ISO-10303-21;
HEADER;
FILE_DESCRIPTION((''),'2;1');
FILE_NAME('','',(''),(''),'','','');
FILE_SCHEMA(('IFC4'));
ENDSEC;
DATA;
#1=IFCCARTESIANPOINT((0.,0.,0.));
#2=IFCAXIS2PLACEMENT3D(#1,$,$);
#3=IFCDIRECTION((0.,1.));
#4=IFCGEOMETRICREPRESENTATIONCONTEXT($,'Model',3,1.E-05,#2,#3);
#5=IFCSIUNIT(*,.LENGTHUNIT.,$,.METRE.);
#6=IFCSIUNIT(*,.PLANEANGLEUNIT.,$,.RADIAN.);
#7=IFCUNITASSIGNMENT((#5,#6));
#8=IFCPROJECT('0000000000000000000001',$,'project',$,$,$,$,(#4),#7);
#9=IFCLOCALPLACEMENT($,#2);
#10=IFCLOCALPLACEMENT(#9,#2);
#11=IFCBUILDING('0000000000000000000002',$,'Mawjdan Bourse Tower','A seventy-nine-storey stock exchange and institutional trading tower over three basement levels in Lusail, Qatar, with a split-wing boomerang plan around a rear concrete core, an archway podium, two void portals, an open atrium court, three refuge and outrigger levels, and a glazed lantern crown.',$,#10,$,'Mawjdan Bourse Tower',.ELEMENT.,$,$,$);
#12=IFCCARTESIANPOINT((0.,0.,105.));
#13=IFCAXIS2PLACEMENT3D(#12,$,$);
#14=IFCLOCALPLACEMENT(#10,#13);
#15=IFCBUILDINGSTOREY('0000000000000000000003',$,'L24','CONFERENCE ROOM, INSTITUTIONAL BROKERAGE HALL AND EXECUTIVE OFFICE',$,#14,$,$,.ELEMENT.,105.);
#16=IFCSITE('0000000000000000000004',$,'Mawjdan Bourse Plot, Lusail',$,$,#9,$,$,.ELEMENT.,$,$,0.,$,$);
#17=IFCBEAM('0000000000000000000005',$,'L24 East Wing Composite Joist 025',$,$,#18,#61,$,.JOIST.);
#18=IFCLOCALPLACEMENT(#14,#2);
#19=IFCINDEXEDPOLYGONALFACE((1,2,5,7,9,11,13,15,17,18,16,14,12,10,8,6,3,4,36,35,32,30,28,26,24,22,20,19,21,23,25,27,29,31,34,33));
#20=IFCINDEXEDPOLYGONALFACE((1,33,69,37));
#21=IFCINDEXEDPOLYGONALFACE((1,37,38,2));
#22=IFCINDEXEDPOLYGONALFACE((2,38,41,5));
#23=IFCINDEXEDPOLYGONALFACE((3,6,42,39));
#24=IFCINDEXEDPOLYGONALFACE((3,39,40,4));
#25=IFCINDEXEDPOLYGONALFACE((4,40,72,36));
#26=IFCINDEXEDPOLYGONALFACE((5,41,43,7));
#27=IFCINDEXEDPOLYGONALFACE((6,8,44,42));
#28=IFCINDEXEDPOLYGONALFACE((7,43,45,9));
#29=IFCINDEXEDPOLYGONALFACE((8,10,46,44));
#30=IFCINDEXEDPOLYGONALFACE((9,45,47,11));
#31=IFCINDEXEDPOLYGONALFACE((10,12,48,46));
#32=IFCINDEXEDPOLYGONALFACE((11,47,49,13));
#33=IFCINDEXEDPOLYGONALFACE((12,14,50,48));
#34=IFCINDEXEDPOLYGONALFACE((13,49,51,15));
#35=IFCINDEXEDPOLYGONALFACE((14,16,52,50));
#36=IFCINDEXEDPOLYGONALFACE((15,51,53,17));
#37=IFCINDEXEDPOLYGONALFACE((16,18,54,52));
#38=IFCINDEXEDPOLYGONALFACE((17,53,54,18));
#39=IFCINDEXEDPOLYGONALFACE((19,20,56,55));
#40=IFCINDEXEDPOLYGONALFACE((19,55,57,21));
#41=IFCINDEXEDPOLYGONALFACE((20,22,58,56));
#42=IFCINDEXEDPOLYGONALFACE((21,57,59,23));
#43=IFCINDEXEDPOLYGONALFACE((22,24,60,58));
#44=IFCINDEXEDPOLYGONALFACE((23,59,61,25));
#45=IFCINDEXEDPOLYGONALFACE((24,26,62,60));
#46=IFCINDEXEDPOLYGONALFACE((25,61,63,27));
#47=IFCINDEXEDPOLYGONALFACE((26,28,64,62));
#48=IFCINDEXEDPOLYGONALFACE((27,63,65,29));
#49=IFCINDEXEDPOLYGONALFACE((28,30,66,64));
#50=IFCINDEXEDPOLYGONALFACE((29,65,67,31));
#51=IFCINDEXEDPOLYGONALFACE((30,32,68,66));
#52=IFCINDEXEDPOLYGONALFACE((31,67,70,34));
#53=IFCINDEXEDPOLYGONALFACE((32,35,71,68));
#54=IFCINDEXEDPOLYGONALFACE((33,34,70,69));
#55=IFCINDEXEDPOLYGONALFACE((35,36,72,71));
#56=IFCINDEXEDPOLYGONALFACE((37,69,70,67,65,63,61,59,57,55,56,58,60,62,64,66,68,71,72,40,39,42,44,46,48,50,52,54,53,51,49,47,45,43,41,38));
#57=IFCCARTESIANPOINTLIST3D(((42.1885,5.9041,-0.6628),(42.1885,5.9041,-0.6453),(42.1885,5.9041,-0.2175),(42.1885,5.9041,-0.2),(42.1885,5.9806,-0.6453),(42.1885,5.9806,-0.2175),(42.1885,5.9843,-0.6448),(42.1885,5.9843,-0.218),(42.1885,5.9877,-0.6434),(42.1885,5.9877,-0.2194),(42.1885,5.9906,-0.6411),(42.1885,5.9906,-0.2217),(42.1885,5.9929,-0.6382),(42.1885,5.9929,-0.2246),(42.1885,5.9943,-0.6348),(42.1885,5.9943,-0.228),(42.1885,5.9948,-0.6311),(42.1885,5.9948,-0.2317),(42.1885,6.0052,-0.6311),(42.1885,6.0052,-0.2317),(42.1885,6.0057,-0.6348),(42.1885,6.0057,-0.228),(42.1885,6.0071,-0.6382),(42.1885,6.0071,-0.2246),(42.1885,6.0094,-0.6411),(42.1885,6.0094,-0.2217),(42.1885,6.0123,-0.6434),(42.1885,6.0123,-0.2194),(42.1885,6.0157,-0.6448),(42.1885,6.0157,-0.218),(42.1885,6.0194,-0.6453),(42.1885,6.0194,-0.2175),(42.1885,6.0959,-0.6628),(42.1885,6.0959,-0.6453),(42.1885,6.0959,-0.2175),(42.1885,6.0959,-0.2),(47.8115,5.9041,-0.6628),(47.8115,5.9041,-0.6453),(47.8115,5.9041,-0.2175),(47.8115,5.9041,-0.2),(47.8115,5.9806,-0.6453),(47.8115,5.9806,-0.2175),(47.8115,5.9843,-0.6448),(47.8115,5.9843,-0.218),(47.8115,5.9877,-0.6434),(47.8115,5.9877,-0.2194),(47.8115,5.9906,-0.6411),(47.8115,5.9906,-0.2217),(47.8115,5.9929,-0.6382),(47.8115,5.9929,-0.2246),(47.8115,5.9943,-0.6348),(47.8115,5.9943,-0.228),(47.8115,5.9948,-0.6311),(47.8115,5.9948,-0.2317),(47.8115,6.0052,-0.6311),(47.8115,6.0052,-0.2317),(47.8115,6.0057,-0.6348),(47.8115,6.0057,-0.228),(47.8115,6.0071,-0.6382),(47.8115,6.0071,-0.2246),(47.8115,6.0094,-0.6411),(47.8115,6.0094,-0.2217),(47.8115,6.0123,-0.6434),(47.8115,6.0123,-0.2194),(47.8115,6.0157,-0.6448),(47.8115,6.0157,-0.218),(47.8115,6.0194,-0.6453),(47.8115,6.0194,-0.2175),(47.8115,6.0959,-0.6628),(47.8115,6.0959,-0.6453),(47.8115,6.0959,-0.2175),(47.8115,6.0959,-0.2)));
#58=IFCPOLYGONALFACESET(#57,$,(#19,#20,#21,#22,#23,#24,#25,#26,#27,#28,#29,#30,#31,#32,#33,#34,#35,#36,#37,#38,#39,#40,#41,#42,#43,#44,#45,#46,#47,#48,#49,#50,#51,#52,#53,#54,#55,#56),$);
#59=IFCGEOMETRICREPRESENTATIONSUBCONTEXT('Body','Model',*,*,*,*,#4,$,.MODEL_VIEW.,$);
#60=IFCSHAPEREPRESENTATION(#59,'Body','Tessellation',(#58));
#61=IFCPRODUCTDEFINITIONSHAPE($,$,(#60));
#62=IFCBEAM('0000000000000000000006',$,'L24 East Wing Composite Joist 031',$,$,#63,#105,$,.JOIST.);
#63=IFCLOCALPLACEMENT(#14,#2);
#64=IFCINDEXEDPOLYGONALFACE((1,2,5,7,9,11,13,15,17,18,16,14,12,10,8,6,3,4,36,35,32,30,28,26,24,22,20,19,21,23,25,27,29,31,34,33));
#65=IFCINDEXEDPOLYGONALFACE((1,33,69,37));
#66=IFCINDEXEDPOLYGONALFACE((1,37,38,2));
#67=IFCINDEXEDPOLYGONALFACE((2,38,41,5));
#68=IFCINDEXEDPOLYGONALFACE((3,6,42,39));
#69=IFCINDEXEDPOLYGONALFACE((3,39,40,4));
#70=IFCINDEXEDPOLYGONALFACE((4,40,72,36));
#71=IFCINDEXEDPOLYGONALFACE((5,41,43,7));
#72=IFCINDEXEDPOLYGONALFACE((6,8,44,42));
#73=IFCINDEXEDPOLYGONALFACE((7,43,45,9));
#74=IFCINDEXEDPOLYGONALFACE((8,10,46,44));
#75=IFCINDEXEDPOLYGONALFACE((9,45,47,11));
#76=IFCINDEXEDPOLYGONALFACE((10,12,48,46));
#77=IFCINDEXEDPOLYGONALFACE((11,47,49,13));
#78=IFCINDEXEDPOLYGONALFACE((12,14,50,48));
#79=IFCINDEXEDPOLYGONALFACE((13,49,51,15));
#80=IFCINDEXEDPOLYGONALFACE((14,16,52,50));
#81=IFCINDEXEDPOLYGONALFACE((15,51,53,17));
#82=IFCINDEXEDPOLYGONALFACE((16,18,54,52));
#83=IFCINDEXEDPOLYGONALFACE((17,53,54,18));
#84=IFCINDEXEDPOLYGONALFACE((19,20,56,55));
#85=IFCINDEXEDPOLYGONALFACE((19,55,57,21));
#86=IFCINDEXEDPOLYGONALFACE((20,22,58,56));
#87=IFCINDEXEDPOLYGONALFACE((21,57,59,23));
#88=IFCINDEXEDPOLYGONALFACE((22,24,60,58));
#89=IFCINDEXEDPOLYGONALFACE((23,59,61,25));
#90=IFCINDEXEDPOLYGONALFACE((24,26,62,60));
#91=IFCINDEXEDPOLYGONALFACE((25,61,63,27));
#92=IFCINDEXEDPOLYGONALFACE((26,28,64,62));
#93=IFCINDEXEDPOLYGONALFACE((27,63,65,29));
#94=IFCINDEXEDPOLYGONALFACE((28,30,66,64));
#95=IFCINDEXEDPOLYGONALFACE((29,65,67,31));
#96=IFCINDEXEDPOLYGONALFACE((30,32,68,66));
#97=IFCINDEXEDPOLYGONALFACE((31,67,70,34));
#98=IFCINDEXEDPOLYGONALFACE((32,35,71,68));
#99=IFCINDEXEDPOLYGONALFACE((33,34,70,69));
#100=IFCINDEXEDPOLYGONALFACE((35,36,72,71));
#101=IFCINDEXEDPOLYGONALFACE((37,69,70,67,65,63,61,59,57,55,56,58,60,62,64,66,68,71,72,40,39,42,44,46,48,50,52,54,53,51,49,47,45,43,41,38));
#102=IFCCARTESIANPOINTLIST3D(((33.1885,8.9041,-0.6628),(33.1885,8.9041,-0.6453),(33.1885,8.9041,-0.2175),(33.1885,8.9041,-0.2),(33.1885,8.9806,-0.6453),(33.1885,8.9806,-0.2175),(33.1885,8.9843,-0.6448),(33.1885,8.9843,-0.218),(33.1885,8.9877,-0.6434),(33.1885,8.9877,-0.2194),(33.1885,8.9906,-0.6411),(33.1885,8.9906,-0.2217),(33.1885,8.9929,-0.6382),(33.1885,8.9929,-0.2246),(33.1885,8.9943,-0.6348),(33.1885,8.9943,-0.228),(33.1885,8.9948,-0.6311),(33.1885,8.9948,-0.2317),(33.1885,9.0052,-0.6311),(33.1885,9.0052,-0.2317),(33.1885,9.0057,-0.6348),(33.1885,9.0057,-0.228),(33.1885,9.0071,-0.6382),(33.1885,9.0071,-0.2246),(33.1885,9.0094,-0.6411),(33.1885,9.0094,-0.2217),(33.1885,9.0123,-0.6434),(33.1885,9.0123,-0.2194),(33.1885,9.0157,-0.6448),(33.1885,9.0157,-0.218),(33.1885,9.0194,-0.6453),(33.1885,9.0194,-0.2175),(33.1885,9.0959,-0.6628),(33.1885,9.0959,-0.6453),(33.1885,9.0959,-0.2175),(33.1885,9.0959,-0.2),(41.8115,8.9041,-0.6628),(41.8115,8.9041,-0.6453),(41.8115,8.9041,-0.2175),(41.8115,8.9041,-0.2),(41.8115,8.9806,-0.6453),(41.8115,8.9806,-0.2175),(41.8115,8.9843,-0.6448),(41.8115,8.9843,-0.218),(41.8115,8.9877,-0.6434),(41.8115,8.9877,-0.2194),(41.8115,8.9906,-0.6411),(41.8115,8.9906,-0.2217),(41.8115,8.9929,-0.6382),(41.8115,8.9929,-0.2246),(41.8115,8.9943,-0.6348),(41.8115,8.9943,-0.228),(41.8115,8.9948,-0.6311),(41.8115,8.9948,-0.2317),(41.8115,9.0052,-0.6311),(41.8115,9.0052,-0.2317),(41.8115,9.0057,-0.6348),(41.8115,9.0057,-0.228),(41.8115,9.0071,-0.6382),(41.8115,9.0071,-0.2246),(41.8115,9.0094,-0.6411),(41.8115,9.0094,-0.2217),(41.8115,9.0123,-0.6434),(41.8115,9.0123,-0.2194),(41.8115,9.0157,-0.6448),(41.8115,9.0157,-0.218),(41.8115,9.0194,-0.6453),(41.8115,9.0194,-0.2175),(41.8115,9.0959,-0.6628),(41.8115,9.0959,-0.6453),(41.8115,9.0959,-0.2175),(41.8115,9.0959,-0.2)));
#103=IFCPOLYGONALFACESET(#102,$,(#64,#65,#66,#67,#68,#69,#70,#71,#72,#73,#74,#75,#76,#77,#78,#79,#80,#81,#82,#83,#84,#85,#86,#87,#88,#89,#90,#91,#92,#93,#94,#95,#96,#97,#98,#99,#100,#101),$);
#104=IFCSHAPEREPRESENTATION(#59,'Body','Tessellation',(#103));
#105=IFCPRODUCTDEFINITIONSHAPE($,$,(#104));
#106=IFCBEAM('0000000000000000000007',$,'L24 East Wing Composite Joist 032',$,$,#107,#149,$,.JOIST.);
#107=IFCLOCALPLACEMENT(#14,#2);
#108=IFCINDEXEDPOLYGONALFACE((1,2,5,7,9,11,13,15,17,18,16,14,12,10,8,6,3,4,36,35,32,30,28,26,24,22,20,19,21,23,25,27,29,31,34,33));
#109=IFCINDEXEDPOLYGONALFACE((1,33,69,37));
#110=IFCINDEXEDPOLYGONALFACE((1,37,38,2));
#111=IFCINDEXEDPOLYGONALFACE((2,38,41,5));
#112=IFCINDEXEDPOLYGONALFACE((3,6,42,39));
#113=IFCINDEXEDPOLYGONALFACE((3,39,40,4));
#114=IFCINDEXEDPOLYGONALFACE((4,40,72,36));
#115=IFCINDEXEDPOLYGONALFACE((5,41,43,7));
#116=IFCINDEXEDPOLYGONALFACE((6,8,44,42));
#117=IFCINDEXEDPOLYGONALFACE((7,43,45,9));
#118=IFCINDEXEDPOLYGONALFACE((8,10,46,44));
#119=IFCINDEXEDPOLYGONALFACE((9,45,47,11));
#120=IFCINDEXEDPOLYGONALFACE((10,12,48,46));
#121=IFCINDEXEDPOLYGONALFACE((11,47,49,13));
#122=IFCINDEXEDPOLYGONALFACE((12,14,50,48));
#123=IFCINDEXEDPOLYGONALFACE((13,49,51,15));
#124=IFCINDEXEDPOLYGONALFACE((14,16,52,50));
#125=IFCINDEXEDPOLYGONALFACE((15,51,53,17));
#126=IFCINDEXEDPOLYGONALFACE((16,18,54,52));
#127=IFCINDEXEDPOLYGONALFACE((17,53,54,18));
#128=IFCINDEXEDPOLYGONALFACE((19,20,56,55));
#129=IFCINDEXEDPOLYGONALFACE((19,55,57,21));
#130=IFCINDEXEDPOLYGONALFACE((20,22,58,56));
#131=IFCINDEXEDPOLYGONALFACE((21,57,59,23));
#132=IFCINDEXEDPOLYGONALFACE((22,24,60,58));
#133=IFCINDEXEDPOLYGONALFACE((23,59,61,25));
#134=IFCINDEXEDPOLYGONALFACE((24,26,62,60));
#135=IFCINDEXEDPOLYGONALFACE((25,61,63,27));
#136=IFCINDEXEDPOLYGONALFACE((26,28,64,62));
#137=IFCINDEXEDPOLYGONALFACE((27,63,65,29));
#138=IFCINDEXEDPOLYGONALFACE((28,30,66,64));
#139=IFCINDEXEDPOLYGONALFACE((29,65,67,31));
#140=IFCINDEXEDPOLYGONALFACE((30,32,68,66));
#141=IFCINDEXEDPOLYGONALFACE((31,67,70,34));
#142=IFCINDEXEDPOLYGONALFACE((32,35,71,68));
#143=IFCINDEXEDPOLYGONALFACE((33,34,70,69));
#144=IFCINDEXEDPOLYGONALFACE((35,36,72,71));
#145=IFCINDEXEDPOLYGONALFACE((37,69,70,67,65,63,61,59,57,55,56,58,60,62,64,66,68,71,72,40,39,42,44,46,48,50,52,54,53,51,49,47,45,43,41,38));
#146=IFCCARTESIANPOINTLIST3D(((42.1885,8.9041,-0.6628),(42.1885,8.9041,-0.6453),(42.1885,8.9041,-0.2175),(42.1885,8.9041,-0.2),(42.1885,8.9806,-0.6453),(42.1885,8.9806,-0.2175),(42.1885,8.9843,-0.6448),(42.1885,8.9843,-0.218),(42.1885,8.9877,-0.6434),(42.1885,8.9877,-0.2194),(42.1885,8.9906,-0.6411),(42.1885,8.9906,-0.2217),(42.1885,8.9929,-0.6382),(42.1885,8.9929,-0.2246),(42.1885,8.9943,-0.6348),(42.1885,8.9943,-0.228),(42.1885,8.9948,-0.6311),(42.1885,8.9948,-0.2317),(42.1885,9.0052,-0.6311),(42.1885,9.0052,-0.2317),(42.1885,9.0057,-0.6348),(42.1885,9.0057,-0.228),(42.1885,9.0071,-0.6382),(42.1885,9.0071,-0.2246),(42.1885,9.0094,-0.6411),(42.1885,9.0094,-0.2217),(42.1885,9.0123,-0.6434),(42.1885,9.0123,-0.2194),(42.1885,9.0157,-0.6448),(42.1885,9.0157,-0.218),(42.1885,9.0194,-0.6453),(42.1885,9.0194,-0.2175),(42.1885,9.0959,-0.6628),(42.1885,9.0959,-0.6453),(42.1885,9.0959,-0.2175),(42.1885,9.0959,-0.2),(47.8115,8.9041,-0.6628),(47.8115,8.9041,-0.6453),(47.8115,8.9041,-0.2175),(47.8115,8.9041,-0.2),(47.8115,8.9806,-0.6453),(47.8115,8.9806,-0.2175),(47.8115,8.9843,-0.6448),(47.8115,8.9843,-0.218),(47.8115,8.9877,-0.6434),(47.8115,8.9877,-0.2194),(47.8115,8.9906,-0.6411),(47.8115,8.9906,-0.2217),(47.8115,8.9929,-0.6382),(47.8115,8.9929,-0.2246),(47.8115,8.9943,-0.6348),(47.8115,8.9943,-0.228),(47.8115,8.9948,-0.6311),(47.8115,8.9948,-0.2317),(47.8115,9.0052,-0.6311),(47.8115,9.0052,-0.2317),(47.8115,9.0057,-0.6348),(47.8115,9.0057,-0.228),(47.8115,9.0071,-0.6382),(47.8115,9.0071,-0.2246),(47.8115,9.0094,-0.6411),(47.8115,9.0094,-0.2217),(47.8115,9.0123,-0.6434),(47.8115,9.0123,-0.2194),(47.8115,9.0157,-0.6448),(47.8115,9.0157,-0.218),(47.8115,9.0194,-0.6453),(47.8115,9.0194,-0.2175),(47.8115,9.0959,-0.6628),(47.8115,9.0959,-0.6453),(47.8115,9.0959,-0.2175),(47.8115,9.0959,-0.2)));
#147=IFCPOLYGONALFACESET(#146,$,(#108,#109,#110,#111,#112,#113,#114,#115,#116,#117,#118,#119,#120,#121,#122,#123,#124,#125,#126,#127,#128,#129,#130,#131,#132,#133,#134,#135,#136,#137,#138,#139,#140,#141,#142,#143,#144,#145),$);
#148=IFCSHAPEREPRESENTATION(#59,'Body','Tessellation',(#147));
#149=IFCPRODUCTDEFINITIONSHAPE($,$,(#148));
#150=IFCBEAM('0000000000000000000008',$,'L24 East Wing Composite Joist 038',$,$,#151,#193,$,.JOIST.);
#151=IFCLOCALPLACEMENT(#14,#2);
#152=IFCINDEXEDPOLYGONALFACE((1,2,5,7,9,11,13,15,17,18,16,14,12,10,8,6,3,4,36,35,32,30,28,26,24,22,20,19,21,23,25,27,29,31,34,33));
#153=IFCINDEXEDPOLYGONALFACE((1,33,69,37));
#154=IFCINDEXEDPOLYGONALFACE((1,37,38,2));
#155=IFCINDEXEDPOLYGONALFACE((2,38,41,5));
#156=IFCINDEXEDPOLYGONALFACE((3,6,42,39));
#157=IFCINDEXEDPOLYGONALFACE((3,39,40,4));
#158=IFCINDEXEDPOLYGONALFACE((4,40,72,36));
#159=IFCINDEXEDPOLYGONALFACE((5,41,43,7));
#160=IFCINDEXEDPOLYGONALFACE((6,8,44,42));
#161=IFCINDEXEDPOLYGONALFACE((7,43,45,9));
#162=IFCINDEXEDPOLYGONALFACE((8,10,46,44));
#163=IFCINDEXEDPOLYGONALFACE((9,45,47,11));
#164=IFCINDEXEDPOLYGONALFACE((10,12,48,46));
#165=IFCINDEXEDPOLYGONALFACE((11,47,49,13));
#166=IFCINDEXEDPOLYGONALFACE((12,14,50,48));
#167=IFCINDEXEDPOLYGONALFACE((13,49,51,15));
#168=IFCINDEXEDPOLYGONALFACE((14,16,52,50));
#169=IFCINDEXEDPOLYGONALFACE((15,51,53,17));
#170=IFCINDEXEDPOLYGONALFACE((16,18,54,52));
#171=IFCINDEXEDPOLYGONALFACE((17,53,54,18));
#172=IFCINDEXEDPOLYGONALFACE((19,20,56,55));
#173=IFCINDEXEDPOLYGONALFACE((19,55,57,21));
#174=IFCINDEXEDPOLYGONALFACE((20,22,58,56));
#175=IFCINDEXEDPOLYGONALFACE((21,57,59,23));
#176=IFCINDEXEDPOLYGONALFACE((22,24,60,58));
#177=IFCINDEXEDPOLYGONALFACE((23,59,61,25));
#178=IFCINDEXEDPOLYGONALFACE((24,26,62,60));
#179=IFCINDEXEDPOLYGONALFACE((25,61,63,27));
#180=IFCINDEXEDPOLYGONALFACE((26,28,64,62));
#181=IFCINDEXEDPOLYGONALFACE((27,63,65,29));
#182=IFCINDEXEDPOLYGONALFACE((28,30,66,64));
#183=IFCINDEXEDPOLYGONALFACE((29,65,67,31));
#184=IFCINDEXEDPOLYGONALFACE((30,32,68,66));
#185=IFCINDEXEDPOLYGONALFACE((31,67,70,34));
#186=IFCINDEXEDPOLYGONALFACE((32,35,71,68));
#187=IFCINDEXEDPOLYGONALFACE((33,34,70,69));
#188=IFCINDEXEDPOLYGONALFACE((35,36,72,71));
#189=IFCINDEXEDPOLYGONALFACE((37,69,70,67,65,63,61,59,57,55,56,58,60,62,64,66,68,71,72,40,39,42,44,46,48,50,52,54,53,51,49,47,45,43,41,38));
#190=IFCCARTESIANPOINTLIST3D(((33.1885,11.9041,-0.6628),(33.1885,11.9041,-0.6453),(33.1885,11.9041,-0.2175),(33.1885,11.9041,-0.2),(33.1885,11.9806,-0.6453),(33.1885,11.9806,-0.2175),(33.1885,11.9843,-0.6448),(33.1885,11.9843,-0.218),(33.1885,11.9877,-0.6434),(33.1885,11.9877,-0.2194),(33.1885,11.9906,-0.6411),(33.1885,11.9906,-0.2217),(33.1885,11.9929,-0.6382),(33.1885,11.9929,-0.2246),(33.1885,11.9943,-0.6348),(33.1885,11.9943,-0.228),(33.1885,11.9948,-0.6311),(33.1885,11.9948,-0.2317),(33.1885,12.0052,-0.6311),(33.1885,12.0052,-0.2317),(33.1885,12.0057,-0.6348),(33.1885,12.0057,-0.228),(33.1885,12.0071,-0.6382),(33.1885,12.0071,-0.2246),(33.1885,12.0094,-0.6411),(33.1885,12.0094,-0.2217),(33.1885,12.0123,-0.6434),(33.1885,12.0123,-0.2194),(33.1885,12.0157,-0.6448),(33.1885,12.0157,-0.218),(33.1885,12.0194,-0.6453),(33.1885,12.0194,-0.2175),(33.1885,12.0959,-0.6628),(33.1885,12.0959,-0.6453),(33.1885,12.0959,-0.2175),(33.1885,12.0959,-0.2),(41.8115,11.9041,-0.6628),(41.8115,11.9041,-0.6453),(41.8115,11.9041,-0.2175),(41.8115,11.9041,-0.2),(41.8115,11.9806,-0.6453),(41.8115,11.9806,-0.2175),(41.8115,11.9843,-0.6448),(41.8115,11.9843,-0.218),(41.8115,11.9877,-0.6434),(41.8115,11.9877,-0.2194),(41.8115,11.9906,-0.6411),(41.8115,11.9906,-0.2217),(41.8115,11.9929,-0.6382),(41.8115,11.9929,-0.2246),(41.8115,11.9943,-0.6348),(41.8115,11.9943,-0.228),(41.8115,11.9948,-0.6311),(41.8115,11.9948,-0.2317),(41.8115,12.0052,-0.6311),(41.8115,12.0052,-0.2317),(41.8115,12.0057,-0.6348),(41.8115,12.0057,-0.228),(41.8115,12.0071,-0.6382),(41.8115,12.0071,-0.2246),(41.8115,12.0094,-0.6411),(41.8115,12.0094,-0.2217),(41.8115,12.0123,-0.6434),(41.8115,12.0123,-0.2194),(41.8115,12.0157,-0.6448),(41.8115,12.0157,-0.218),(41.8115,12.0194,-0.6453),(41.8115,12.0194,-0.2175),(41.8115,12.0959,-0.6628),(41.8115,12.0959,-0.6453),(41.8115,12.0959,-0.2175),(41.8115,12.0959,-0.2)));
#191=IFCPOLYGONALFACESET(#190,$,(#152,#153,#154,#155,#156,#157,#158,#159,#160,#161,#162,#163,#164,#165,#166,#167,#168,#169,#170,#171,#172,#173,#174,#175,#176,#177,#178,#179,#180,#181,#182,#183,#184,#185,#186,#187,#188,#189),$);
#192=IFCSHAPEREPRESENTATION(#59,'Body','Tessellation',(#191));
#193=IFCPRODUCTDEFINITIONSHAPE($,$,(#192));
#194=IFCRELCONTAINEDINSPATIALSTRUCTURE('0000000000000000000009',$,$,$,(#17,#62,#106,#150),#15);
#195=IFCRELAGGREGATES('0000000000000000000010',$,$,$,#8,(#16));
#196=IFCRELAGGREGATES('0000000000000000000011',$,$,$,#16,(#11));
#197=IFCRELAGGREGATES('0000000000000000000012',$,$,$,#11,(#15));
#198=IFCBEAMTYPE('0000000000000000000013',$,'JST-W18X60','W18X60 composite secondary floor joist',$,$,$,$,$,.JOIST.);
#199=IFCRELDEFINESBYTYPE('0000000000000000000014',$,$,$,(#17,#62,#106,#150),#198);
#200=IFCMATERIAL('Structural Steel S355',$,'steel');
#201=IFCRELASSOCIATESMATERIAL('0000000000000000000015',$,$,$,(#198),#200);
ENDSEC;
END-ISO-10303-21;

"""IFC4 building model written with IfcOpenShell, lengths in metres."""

from ifc_helpers import new_model, si_unit, direction, frame, origin, origin_2d, place, context, subcontext, project, spatial, i_section, extrude, material, material_profile, profile_set, type_object, element, save


model = new_model("IFC4")

# Units and contexts
model_context = context("Model", 3, precision=1e-05, world=origin(), true_north=direction((0.0, 1.0)))
body_context = subcontext(model_context, "Body", "Model", "MODEL_VIEW")
ifc_project = project(units=[si_unit("LENGTHUNIT", "METRE"), si_unit("PLANEANGLEUNIT", "RADIAN")], contexts=[model_context])

# Site, building, storey
site_placement = place(None, origin())
site = spatial("IfcSite", under=ifc_project, at=site_placement, Name="Mawjdan Bourse Plot, Lusail", CompositionType="ELEMENT", RefElevation=0.0)
building_placement = place(site_placement, origin())
building = spatial("IfcBuilding", under=site, at=building_placement, Name="Mawjdan Bourse Tower", Description="A seventy-nine-storey stock exchange and institutional trading tower over three basement levels in Lusail, Qatar, with a split-wing boomerang plan around a rear concrete core, an archway podium, two void portals, an open atrium court, three refuge and outrigger levels, and a glazed lantern crown.", LongName="Mawjdan Bourse Tower", CompositionType="ELEMENT")
storey_placement = place(building_placement, frame((0.0, 0.0, 105.0)))
storey = spatial("IfcBuildingStorey", under=building, at=storey_placement, Name="L24", Description="CONFERENCE ROOM, INSTITUTIONAL BROKERAGE HALL AND EXECUTIVE OFFICE", CompositionType="ELEMENT", Elevation=105.0)

# Beams
ifc_material_1 = material(Name="Structural Steel S355", Category="steel")
ifc_material_profile_1 = material_profile(ifc_material_1, i_section(OverallWidth=0.1919, OverallDepth=0.4629, WebThickness=0.0105, FlangeThickness=0.0176, FilletRadius=0.0142, at=origin_2d()), Name="W18X60")
ifc_profile_set_1 = profile_set([ifc_material_profile_1], Name="Structural Steel S355")
beam_type_1 = type_object("IfcBeamType", Name="JST-W18X60", Description="W18X60 composite secondary floor joist", PredefinedType="JOIST", material=ifc_profile_set_1)
beam_1_placement = place(storey_placement, frame((42.1885, 6.0, -0.4314), z_axis=(1.0, 0.0, 0.0), x_axis=(0.0, 1.0, 0.0)))
element("IfcBeam", 1, at=beam_1_placement, inside=storey, type_object=beam_type_1, Name="L24 East Wing Composite Joist 025", PredefinedType="JOIST", context=body_context, shape_type="SweptSolid", body=[
    extrude(i_section(OverallWidth=0.1919, OverallDepth=0.4629, WebThickness=0.0105, FlangeThickness=0.0176, FilletRadius=0.0142, at=origin_2d()), origin(), (0.0, 0.0, 1.0), 5.623),
])
beam_2_placement = place(storey_placement, frame((33.1885, 9.0, -0.4314), z_axis=(1.0, 0.0, 0.0), x_axis=(0.0, 1.0, 0.0)))
element("IfcBeam", 2, at=beam_2_placement, inside=storey, type_object=beam_type_1, Name="L24 East Wing Composite Joist 031", PredefinedType="JOIST", context=body_context, shape_type="SweptSolid", body=[
    extrude(i_section(OverallWidth=0.1919, OverallDepth=0.4629, WebThickness=0.0105, FlangeThickness=0.0176, FilletRadius=0.0142, at=origin_2d()), origin(), (0.0, 0.0, 1.0), 8.623),
])
beam_3_placement = place(storey_placement, frame((42.1885, 9.0, -0.4314), z_axis=(1.0, 0.0, 0.0), x_axis=(0.0, 1.0, 0.0)))
element("IfcBeam", 3, at=beam_3_placement, inside=storey, type_object=beam_type_1, Name="L24 East Wing Composite Joist 032", PredefinedType="JOIST", context=body_context, shape_type="SweptSolid", body=[
    extrude(i_section(OverallWidth=0.1919, OverallDepth=0.4629, WebThickness=0.0105, FlangeThickness=0.0176, FilletRadius=0.0142, at=origin_2d()), origin(), (0.0, 0.0, 1.0), 5.623),
])
beam_4_placement = place(storey_placement, frame((33.1885, 12.0, -0.4314), z_axis=(1.0, 0.0, 0.0), x_axis=(0.0, 1.0, 0.0)))
element("IfcBeam", 4, at=beam_4_placement, inside=storey, type_object=beam_type_1, Name="L24 East Wing Composite Joist 038", PredefinedType="JOIST", context=body_context, shape_type="SweptSolid", body=[
    extrude(i_section(OverallWidth=0.1919, OverallDepth=0.4629, WebThickness=0.0105, FlangeThickness=0.0176, FilletRadius=0.0142, at=origin_2d()), origin(), (0.0, 0.0, 1.0), 8.623),
])

save(model, "model.ifc")
